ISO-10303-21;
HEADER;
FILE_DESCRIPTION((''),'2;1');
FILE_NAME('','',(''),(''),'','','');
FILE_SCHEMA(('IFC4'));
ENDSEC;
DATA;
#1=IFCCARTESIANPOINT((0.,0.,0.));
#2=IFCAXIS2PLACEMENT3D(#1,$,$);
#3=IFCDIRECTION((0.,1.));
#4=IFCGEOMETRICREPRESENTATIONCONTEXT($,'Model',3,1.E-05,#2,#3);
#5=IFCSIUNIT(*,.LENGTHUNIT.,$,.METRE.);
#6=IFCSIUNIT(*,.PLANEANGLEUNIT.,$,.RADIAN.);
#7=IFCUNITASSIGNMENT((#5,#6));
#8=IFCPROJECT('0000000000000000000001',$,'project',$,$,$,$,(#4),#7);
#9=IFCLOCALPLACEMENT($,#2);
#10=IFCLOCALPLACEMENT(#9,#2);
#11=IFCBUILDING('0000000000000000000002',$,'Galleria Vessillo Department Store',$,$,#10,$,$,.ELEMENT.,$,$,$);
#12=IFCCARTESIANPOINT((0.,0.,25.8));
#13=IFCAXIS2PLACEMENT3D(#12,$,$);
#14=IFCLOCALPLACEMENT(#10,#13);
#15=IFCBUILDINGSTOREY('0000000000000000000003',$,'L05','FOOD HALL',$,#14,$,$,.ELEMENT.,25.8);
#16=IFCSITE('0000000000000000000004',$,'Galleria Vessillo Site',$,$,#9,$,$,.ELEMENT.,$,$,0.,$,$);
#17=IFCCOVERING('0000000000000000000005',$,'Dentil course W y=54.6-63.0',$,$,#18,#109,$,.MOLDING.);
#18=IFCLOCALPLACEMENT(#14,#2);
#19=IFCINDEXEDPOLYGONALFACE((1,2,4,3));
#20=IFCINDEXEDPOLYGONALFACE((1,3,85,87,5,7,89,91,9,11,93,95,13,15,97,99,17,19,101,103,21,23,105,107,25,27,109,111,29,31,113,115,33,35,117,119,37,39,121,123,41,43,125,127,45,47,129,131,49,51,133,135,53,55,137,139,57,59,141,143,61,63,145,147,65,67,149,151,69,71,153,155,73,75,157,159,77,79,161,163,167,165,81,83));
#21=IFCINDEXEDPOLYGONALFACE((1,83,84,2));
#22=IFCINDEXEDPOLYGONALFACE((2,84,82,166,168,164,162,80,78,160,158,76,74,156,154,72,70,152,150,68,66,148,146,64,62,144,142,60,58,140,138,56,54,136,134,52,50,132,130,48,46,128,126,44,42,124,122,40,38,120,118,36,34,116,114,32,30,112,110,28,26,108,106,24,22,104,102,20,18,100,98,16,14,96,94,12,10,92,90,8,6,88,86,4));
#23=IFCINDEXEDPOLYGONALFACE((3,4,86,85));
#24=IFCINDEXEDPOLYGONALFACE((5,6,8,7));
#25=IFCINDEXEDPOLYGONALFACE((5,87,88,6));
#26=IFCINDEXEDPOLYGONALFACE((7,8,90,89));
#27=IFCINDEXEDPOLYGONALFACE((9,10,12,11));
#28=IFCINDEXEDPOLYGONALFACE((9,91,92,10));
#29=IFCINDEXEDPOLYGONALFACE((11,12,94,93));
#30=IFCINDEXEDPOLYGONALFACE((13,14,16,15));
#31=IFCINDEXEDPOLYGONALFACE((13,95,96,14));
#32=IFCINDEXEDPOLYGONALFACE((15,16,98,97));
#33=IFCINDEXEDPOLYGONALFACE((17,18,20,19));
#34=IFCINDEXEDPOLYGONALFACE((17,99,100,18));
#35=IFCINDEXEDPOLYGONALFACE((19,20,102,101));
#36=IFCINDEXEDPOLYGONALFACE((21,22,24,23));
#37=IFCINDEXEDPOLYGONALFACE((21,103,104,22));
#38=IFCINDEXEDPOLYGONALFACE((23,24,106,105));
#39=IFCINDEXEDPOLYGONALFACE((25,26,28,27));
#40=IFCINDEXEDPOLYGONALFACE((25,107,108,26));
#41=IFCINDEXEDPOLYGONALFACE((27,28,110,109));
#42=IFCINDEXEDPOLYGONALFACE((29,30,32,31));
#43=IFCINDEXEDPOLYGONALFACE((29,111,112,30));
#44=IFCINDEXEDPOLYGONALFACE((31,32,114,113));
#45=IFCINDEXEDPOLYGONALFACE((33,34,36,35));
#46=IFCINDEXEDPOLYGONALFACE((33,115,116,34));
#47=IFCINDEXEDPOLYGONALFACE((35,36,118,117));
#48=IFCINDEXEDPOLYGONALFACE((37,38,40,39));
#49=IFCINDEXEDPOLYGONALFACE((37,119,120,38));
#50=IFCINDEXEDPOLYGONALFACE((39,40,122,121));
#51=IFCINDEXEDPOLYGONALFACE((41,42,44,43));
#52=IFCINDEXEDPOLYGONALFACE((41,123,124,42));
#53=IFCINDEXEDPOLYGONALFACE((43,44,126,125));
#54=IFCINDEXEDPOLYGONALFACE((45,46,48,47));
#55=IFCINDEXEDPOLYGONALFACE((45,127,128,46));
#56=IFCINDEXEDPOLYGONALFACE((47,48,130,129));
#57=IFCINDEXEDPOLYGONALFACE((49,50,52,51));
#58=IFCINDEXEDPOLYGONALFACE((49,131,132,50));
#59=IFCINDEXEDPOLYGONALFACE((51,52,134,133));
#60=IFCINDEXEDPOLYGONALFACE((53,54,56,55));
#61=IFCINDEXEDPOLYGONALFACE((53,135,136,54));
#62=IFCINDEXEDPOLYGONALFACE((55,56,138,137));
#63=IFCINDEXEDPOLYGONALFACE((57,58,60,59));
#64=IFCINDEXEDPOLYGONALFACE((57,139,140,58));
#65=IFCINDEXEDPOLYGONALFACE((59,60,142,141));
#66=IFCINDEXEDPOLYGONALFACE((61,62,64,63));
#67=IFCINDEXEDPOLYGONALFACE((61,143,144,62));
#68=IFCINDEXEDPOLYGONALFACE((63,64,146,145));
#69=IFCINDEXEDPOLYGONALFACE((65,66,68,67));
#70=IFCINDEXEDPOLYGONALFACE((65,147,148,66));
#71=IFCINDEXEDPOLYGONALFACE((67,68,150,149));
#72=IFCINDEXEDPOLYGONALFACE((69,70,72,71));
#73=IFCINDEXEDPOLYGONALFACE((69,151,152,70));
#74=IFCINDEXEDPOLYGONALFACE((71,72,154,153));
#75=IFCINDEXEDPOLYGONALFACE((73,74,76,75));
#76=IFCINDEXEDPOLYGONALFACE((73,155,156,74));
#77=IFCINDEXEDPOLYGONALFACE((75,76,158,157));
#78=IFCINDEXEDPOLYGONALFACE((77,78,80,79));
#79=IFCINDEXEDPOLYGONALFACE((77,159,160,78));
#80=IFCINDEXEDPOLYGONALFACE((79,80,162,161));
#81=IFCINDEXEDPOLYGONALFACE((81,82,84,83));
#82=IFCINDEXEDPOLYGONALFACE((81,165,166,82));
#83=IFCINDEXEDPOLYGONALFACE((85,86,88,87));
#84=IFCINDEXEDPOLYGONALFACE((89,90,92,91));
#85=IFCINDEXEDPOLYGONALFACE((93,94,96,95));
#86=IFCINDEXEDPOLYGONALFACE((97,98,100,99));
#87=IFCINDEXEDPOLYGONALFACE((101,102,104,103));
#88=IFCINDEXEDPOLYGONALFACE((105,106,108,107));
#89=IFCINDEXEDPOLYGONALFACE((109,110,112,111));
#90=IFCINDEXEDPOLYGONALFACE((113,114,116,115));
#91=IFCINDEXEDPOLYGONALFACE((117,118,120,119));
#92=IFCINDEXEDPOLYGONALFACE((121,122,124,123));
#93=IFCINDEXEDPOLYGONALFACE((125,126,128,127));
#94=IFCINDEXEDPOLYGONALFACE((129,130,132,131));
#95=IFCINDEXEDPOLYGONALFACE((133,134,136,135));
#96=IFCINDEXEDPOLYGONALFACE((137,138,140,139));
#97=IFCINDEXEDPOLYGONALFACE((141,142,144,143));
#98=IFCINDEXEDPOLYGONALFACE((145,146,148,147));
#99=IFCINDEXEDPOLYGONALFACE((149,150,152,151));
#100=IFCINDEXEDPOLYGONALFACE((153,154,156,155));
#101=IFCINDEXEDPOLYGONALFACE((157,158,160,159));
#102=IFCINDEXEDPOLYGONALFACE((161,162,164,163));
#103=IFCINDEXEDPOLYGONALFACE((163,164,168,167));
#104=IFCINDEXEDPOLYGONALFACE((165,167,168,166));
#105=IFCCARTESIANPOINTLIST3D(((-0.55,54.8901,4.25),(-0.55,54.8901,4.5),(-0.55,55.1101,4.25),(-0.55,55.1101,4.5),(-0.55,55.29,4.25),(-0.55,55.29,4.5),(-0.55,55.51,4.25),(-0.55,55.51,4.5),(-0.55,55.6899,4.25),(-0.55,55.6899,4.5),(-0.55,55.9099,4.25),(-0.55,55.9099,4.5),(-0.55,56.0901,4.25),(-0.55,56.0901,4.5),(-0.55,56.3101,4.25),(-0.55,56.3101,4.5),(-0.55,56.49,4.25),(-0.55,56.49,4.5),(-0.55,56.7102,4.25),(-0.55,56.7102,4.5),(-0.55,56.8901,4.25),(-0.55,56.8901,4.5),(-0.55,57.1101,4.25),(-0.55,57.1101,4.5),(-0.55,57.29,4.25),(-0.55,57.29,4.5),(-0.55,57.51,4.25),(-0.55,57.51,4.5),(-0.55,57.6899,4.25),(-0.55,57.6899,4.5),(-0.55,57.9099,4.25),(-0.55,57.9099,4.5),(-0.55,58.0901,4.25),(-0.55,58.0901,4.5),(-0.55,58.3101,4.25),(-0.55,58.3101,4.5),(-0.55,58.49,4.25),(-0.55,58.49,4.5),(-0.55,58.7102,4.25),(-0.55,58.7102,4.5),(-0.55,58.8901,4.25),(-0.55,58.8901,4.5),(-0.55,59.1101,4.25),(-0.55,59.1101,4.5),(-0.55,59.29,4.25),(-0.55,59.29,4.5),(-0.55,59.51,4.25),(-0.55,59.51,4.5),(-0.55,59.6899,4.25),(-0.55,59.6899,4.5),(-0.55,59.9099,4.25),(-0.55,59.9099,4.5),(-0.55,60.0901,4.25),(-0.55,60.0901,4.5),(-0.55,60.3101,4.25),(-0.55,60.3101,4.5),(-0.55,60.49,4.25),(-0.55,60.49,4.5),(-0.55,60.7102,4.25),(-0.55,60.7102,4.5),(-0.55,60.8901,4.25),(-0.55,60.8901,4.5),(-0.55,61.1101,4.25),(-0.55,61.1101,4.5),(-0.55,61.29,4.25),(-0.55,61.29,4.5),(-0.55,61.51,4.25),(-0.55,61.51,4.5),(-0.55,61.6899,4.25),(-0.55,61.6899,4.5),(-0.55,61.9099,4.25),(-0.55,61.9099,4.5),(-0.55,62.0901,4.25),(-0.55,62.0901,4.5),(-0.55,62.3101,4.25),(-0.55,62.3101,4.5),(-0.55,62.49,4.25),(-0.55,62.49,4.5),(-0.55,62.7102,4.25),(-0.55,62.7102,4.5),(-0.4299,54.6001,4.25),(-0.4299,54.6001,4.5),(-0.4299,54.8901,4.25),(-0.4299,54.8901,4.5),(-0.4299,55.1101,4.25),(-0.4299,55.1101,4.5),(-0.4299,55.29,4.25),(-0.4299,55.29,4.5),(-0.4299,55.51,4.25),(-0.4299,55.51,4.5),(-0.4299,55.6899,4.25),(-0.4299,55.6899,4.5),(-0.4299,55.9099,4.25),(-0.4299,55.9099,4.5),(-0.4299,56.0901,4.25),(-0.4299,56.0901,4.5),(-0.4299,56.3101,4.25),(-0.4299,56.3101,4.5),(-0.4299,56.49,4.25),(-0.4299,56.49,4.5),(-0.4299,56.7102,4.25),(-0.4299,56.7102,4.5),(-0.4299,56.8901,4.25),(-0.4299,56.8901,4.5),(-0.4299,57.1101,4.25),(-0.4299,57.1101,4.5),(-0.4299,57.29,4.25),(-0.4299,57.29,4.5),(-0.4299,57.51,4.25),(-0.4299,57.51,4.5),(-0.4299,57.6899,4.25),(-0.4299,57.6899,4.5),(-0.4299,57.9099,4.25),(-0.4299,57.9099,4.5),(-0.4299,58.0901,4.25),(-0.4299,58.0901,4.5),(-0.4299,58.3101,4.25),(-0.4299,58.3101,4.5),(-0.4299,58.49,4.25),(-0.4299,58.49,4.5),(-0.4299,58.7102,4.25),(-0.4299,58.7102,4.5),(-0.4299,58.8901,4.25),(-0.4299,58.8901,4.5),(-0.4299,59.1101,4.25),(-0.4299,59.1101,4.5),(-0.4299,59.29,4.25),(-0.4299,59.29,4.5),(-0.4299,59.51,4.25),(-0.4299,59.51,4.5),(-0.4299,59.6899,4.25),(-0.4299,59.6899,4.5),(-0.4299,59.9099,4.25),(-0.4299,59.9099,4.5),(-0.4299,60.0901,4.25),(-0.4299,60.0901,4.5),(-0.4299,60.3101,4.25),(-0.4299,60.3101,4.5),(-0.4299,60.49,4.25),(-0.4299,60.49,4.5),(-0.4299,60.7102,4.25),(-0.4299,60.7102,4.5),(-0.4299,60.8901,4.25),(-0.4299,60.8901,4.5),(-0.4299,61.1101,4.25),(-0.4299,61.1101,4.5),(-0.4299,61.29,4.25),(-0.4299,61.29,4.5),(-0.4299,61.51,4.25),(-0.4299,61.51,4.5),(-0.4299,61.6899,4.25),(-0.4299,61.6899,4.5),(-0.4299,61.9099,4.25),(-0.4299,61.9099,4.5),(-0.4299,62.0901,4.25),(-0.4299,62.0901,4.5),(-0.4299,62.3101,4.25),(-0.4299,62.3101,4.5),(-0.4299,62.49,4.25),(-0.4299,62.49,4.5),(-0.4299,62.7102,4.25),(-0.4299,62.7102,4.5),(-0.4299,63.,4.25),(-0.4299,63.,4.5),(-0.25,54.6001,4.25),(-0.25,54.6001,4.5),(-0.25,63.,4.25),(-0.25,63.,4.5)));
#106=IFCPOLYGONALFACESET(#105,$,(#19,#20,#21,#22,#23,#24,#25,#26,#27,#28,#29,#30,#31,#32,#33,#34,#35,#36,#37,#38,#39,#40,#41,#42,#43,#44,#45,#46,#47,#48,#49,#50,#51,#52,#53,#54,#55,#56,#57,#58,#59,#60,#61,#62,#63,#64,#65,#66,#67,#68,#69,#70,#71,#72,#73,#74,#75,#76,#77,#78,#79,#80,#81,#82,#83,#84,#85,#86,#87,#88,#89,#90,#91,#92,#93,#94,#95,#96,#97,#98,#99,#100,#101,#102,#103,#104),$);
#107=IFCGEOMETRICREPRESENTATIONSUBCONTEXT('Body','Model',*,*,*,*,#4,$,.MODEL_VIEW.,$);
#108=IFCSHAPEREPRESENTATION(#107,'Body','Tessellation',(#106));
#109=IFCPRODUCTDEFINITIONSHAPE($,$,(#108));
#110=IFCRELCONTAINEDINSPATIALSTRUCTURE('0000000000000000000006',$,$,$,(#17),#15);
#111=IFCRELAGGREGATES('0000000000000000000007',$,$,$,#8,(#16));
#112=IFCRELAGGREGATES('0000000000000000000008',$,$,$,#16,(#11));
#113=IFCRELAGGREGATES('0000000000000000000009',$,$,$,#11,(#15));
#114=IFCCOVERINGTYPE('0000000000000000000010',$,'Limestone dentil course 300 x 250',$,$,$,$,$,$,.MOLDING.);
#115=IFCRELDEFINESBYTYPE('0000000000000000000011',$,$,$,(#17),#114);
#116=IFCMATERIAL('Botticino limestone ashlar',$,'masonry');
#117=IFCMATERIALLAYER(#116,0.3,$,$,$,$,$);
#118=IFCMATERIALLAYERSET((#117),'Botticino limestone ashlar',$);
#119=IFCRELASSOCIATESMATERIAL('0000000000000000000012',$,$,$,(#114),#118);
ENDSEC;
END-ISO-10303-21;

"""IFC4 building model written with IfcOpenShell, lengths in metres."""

from ifc_helpers import new_model, si_unit, direction, frame, origin, place, context, subcontext, project, spatial, polyline, outline, extrude, material, layer, layer_set, type_object, element, save


model = new_model("IFC4")

# Units and contexts
model_context = context("Model", 3, precision=1e-05, world=origin(), true_north=direction((0.0, 1.0)))
body_context = subcontext(model_context, "Body", "Model", "MODEL_VIEW")
ifc_project = project(units=[si_unit("LENGTHUNIT", "METRE"), si_unit("PLANEANGLEUNIT", "RADIAN")], contexts=[model_context])

# Site, building, storey
site_placement = place(None, origin())
site = spatial("IfcSite", under=ifc_project, at=site_placement, Name="Galleria Vessillo Site", CompositionType="ELEMENT", RefElevation=0.0)
building_placement = place(site_placement, origin())
building = spatial("IfcBuilding", under=site, at=building_placement, Name="Galleria Vessillo Department Store", CompositionType="ELEMENT")
storey_placement = place(building_placement, frame((0.0, 0.0, 25.8)))
storey = spatial("IfcBuildingStorey", under=building, at=storey_placement, Name="L05", Description="FOOD HALL", CompositionType="ELEMENT", Elevation=25.8)

# Covering
ifc_material_1 = material(Name="Botticino limestone ashlar", Category="masonry")
ifc_layer_1 = layer(ifc_material_1, 0.3)
ifc_layer_set_1 = layer_set([ifc_layer_1], Name="Botticino limestone ashlar")
covering_type = type_object("IfcCoveringType", Name="Limestone dentil course 300 x 250", PredefinedType="MOLDING", material=ifc_layer_set_1)
covering_1_placement = place(storey_placement, frame((0.0, 0.0, 4.25)))
element("IfcCovering", 1, at=covering_1_placement, inside=storey, type_object=covering_type, Name="Dentil course W y=54.6-63.0", PredefinedType="MOLDING", context=body_context, shape_type="SweptSolid", body=[
    extrude(outline(polyline([(-0.25, 54.6001), (-0.4299, 54.6001), (-0.4299, 54.8901), (-0.55, 54.8901), (-0.55, 55.1101), (-0.4299, 55.1101), (-0.4299, 55.29), (-0.55, 55.29), (-0.55, 55.51), (-0.4299, 55.51), (-0.4299, 55.6899), (-0.55, 55.6899), (-0.55, 55.9099), (-0.4299, 55.9099), (-0.4299, 56.0901), (-0.55, 56.0901), (-0.55, 56.3101), (-0.4299, 56.3101), (-0.4299, 56.49), (-0.55, 56.49), (-0.55, 56.7102), (-0.4299, 56.7102), (-0.4299, 56.8901), (-0.55, 56.8901), (-0.55, 57.1101), (-0.4299, 57.1101), (-0.4299, 57.29), (-0.55, 57.29), (-0.55, 57.51), (-0.4299, 57.51), (-0.4299, 57.6899), (-0.55, 57.6899), (-0.55, 57.9099), (-0.4299, 57.9099), (-0.4299, 58.0901), (-0.55, 58.0901), (-0.55, 58.3101), (-0.4299, 58.3101), (-0.4299, 58.49), (-0.55, 58.49), (-0.55, 58.7102), (-0.4299, 58.7102), (-0.4299, 58.8901), (-0.55, 58.8901), (-0.55, 59.1101), (-0.4299, 59.1101), (-0.4299, 59.29), (-0.55, 59.29), (-0.55, 59.51), (-0.4299, 59.51), (-0.4299, 59.6899), (-0.55, 59.6899), (-0.55, 59.9099), (-0.4299, 59.9099), (-0.4299, 60.0901), (-0.55, 60.0901), (-0.55, 60.3101), (-0.4299, 60.3101), (-0.4299, 60.49), (-0.55, 60.49), (-0.55, 60.7102), (-0.4299, 60.7102), (-0.4299, 60.8901), (-0.55, 60.8901), (-0.55, 61.1101), (-0.4299, 61.1101), (-0.4299, 61.29), (-0.55, 61.29), (-0.55, 61.51), (-0.4299, 61.51), (-0.4299, 61.6899), (-0.55, 61.6899), (-0.55, 61.9099), (-0.4299, 61.9099), (-0.4299, 62.0901), (-0.55, 62.0901), (-0.55, 62.3101), (-0.4299, 62.3101), (-0.4299, 62.49), (-0.55, 62.49), (-0.55, 62.7102), (-0.4299, 62.7102), (-0.4299, 63.0), (-0.25, 63.0), (-0.25, 54.6001)])), origin(), (0.0, 0.0, 1.0), 0.25),
])

save(model, "model.ifc")
